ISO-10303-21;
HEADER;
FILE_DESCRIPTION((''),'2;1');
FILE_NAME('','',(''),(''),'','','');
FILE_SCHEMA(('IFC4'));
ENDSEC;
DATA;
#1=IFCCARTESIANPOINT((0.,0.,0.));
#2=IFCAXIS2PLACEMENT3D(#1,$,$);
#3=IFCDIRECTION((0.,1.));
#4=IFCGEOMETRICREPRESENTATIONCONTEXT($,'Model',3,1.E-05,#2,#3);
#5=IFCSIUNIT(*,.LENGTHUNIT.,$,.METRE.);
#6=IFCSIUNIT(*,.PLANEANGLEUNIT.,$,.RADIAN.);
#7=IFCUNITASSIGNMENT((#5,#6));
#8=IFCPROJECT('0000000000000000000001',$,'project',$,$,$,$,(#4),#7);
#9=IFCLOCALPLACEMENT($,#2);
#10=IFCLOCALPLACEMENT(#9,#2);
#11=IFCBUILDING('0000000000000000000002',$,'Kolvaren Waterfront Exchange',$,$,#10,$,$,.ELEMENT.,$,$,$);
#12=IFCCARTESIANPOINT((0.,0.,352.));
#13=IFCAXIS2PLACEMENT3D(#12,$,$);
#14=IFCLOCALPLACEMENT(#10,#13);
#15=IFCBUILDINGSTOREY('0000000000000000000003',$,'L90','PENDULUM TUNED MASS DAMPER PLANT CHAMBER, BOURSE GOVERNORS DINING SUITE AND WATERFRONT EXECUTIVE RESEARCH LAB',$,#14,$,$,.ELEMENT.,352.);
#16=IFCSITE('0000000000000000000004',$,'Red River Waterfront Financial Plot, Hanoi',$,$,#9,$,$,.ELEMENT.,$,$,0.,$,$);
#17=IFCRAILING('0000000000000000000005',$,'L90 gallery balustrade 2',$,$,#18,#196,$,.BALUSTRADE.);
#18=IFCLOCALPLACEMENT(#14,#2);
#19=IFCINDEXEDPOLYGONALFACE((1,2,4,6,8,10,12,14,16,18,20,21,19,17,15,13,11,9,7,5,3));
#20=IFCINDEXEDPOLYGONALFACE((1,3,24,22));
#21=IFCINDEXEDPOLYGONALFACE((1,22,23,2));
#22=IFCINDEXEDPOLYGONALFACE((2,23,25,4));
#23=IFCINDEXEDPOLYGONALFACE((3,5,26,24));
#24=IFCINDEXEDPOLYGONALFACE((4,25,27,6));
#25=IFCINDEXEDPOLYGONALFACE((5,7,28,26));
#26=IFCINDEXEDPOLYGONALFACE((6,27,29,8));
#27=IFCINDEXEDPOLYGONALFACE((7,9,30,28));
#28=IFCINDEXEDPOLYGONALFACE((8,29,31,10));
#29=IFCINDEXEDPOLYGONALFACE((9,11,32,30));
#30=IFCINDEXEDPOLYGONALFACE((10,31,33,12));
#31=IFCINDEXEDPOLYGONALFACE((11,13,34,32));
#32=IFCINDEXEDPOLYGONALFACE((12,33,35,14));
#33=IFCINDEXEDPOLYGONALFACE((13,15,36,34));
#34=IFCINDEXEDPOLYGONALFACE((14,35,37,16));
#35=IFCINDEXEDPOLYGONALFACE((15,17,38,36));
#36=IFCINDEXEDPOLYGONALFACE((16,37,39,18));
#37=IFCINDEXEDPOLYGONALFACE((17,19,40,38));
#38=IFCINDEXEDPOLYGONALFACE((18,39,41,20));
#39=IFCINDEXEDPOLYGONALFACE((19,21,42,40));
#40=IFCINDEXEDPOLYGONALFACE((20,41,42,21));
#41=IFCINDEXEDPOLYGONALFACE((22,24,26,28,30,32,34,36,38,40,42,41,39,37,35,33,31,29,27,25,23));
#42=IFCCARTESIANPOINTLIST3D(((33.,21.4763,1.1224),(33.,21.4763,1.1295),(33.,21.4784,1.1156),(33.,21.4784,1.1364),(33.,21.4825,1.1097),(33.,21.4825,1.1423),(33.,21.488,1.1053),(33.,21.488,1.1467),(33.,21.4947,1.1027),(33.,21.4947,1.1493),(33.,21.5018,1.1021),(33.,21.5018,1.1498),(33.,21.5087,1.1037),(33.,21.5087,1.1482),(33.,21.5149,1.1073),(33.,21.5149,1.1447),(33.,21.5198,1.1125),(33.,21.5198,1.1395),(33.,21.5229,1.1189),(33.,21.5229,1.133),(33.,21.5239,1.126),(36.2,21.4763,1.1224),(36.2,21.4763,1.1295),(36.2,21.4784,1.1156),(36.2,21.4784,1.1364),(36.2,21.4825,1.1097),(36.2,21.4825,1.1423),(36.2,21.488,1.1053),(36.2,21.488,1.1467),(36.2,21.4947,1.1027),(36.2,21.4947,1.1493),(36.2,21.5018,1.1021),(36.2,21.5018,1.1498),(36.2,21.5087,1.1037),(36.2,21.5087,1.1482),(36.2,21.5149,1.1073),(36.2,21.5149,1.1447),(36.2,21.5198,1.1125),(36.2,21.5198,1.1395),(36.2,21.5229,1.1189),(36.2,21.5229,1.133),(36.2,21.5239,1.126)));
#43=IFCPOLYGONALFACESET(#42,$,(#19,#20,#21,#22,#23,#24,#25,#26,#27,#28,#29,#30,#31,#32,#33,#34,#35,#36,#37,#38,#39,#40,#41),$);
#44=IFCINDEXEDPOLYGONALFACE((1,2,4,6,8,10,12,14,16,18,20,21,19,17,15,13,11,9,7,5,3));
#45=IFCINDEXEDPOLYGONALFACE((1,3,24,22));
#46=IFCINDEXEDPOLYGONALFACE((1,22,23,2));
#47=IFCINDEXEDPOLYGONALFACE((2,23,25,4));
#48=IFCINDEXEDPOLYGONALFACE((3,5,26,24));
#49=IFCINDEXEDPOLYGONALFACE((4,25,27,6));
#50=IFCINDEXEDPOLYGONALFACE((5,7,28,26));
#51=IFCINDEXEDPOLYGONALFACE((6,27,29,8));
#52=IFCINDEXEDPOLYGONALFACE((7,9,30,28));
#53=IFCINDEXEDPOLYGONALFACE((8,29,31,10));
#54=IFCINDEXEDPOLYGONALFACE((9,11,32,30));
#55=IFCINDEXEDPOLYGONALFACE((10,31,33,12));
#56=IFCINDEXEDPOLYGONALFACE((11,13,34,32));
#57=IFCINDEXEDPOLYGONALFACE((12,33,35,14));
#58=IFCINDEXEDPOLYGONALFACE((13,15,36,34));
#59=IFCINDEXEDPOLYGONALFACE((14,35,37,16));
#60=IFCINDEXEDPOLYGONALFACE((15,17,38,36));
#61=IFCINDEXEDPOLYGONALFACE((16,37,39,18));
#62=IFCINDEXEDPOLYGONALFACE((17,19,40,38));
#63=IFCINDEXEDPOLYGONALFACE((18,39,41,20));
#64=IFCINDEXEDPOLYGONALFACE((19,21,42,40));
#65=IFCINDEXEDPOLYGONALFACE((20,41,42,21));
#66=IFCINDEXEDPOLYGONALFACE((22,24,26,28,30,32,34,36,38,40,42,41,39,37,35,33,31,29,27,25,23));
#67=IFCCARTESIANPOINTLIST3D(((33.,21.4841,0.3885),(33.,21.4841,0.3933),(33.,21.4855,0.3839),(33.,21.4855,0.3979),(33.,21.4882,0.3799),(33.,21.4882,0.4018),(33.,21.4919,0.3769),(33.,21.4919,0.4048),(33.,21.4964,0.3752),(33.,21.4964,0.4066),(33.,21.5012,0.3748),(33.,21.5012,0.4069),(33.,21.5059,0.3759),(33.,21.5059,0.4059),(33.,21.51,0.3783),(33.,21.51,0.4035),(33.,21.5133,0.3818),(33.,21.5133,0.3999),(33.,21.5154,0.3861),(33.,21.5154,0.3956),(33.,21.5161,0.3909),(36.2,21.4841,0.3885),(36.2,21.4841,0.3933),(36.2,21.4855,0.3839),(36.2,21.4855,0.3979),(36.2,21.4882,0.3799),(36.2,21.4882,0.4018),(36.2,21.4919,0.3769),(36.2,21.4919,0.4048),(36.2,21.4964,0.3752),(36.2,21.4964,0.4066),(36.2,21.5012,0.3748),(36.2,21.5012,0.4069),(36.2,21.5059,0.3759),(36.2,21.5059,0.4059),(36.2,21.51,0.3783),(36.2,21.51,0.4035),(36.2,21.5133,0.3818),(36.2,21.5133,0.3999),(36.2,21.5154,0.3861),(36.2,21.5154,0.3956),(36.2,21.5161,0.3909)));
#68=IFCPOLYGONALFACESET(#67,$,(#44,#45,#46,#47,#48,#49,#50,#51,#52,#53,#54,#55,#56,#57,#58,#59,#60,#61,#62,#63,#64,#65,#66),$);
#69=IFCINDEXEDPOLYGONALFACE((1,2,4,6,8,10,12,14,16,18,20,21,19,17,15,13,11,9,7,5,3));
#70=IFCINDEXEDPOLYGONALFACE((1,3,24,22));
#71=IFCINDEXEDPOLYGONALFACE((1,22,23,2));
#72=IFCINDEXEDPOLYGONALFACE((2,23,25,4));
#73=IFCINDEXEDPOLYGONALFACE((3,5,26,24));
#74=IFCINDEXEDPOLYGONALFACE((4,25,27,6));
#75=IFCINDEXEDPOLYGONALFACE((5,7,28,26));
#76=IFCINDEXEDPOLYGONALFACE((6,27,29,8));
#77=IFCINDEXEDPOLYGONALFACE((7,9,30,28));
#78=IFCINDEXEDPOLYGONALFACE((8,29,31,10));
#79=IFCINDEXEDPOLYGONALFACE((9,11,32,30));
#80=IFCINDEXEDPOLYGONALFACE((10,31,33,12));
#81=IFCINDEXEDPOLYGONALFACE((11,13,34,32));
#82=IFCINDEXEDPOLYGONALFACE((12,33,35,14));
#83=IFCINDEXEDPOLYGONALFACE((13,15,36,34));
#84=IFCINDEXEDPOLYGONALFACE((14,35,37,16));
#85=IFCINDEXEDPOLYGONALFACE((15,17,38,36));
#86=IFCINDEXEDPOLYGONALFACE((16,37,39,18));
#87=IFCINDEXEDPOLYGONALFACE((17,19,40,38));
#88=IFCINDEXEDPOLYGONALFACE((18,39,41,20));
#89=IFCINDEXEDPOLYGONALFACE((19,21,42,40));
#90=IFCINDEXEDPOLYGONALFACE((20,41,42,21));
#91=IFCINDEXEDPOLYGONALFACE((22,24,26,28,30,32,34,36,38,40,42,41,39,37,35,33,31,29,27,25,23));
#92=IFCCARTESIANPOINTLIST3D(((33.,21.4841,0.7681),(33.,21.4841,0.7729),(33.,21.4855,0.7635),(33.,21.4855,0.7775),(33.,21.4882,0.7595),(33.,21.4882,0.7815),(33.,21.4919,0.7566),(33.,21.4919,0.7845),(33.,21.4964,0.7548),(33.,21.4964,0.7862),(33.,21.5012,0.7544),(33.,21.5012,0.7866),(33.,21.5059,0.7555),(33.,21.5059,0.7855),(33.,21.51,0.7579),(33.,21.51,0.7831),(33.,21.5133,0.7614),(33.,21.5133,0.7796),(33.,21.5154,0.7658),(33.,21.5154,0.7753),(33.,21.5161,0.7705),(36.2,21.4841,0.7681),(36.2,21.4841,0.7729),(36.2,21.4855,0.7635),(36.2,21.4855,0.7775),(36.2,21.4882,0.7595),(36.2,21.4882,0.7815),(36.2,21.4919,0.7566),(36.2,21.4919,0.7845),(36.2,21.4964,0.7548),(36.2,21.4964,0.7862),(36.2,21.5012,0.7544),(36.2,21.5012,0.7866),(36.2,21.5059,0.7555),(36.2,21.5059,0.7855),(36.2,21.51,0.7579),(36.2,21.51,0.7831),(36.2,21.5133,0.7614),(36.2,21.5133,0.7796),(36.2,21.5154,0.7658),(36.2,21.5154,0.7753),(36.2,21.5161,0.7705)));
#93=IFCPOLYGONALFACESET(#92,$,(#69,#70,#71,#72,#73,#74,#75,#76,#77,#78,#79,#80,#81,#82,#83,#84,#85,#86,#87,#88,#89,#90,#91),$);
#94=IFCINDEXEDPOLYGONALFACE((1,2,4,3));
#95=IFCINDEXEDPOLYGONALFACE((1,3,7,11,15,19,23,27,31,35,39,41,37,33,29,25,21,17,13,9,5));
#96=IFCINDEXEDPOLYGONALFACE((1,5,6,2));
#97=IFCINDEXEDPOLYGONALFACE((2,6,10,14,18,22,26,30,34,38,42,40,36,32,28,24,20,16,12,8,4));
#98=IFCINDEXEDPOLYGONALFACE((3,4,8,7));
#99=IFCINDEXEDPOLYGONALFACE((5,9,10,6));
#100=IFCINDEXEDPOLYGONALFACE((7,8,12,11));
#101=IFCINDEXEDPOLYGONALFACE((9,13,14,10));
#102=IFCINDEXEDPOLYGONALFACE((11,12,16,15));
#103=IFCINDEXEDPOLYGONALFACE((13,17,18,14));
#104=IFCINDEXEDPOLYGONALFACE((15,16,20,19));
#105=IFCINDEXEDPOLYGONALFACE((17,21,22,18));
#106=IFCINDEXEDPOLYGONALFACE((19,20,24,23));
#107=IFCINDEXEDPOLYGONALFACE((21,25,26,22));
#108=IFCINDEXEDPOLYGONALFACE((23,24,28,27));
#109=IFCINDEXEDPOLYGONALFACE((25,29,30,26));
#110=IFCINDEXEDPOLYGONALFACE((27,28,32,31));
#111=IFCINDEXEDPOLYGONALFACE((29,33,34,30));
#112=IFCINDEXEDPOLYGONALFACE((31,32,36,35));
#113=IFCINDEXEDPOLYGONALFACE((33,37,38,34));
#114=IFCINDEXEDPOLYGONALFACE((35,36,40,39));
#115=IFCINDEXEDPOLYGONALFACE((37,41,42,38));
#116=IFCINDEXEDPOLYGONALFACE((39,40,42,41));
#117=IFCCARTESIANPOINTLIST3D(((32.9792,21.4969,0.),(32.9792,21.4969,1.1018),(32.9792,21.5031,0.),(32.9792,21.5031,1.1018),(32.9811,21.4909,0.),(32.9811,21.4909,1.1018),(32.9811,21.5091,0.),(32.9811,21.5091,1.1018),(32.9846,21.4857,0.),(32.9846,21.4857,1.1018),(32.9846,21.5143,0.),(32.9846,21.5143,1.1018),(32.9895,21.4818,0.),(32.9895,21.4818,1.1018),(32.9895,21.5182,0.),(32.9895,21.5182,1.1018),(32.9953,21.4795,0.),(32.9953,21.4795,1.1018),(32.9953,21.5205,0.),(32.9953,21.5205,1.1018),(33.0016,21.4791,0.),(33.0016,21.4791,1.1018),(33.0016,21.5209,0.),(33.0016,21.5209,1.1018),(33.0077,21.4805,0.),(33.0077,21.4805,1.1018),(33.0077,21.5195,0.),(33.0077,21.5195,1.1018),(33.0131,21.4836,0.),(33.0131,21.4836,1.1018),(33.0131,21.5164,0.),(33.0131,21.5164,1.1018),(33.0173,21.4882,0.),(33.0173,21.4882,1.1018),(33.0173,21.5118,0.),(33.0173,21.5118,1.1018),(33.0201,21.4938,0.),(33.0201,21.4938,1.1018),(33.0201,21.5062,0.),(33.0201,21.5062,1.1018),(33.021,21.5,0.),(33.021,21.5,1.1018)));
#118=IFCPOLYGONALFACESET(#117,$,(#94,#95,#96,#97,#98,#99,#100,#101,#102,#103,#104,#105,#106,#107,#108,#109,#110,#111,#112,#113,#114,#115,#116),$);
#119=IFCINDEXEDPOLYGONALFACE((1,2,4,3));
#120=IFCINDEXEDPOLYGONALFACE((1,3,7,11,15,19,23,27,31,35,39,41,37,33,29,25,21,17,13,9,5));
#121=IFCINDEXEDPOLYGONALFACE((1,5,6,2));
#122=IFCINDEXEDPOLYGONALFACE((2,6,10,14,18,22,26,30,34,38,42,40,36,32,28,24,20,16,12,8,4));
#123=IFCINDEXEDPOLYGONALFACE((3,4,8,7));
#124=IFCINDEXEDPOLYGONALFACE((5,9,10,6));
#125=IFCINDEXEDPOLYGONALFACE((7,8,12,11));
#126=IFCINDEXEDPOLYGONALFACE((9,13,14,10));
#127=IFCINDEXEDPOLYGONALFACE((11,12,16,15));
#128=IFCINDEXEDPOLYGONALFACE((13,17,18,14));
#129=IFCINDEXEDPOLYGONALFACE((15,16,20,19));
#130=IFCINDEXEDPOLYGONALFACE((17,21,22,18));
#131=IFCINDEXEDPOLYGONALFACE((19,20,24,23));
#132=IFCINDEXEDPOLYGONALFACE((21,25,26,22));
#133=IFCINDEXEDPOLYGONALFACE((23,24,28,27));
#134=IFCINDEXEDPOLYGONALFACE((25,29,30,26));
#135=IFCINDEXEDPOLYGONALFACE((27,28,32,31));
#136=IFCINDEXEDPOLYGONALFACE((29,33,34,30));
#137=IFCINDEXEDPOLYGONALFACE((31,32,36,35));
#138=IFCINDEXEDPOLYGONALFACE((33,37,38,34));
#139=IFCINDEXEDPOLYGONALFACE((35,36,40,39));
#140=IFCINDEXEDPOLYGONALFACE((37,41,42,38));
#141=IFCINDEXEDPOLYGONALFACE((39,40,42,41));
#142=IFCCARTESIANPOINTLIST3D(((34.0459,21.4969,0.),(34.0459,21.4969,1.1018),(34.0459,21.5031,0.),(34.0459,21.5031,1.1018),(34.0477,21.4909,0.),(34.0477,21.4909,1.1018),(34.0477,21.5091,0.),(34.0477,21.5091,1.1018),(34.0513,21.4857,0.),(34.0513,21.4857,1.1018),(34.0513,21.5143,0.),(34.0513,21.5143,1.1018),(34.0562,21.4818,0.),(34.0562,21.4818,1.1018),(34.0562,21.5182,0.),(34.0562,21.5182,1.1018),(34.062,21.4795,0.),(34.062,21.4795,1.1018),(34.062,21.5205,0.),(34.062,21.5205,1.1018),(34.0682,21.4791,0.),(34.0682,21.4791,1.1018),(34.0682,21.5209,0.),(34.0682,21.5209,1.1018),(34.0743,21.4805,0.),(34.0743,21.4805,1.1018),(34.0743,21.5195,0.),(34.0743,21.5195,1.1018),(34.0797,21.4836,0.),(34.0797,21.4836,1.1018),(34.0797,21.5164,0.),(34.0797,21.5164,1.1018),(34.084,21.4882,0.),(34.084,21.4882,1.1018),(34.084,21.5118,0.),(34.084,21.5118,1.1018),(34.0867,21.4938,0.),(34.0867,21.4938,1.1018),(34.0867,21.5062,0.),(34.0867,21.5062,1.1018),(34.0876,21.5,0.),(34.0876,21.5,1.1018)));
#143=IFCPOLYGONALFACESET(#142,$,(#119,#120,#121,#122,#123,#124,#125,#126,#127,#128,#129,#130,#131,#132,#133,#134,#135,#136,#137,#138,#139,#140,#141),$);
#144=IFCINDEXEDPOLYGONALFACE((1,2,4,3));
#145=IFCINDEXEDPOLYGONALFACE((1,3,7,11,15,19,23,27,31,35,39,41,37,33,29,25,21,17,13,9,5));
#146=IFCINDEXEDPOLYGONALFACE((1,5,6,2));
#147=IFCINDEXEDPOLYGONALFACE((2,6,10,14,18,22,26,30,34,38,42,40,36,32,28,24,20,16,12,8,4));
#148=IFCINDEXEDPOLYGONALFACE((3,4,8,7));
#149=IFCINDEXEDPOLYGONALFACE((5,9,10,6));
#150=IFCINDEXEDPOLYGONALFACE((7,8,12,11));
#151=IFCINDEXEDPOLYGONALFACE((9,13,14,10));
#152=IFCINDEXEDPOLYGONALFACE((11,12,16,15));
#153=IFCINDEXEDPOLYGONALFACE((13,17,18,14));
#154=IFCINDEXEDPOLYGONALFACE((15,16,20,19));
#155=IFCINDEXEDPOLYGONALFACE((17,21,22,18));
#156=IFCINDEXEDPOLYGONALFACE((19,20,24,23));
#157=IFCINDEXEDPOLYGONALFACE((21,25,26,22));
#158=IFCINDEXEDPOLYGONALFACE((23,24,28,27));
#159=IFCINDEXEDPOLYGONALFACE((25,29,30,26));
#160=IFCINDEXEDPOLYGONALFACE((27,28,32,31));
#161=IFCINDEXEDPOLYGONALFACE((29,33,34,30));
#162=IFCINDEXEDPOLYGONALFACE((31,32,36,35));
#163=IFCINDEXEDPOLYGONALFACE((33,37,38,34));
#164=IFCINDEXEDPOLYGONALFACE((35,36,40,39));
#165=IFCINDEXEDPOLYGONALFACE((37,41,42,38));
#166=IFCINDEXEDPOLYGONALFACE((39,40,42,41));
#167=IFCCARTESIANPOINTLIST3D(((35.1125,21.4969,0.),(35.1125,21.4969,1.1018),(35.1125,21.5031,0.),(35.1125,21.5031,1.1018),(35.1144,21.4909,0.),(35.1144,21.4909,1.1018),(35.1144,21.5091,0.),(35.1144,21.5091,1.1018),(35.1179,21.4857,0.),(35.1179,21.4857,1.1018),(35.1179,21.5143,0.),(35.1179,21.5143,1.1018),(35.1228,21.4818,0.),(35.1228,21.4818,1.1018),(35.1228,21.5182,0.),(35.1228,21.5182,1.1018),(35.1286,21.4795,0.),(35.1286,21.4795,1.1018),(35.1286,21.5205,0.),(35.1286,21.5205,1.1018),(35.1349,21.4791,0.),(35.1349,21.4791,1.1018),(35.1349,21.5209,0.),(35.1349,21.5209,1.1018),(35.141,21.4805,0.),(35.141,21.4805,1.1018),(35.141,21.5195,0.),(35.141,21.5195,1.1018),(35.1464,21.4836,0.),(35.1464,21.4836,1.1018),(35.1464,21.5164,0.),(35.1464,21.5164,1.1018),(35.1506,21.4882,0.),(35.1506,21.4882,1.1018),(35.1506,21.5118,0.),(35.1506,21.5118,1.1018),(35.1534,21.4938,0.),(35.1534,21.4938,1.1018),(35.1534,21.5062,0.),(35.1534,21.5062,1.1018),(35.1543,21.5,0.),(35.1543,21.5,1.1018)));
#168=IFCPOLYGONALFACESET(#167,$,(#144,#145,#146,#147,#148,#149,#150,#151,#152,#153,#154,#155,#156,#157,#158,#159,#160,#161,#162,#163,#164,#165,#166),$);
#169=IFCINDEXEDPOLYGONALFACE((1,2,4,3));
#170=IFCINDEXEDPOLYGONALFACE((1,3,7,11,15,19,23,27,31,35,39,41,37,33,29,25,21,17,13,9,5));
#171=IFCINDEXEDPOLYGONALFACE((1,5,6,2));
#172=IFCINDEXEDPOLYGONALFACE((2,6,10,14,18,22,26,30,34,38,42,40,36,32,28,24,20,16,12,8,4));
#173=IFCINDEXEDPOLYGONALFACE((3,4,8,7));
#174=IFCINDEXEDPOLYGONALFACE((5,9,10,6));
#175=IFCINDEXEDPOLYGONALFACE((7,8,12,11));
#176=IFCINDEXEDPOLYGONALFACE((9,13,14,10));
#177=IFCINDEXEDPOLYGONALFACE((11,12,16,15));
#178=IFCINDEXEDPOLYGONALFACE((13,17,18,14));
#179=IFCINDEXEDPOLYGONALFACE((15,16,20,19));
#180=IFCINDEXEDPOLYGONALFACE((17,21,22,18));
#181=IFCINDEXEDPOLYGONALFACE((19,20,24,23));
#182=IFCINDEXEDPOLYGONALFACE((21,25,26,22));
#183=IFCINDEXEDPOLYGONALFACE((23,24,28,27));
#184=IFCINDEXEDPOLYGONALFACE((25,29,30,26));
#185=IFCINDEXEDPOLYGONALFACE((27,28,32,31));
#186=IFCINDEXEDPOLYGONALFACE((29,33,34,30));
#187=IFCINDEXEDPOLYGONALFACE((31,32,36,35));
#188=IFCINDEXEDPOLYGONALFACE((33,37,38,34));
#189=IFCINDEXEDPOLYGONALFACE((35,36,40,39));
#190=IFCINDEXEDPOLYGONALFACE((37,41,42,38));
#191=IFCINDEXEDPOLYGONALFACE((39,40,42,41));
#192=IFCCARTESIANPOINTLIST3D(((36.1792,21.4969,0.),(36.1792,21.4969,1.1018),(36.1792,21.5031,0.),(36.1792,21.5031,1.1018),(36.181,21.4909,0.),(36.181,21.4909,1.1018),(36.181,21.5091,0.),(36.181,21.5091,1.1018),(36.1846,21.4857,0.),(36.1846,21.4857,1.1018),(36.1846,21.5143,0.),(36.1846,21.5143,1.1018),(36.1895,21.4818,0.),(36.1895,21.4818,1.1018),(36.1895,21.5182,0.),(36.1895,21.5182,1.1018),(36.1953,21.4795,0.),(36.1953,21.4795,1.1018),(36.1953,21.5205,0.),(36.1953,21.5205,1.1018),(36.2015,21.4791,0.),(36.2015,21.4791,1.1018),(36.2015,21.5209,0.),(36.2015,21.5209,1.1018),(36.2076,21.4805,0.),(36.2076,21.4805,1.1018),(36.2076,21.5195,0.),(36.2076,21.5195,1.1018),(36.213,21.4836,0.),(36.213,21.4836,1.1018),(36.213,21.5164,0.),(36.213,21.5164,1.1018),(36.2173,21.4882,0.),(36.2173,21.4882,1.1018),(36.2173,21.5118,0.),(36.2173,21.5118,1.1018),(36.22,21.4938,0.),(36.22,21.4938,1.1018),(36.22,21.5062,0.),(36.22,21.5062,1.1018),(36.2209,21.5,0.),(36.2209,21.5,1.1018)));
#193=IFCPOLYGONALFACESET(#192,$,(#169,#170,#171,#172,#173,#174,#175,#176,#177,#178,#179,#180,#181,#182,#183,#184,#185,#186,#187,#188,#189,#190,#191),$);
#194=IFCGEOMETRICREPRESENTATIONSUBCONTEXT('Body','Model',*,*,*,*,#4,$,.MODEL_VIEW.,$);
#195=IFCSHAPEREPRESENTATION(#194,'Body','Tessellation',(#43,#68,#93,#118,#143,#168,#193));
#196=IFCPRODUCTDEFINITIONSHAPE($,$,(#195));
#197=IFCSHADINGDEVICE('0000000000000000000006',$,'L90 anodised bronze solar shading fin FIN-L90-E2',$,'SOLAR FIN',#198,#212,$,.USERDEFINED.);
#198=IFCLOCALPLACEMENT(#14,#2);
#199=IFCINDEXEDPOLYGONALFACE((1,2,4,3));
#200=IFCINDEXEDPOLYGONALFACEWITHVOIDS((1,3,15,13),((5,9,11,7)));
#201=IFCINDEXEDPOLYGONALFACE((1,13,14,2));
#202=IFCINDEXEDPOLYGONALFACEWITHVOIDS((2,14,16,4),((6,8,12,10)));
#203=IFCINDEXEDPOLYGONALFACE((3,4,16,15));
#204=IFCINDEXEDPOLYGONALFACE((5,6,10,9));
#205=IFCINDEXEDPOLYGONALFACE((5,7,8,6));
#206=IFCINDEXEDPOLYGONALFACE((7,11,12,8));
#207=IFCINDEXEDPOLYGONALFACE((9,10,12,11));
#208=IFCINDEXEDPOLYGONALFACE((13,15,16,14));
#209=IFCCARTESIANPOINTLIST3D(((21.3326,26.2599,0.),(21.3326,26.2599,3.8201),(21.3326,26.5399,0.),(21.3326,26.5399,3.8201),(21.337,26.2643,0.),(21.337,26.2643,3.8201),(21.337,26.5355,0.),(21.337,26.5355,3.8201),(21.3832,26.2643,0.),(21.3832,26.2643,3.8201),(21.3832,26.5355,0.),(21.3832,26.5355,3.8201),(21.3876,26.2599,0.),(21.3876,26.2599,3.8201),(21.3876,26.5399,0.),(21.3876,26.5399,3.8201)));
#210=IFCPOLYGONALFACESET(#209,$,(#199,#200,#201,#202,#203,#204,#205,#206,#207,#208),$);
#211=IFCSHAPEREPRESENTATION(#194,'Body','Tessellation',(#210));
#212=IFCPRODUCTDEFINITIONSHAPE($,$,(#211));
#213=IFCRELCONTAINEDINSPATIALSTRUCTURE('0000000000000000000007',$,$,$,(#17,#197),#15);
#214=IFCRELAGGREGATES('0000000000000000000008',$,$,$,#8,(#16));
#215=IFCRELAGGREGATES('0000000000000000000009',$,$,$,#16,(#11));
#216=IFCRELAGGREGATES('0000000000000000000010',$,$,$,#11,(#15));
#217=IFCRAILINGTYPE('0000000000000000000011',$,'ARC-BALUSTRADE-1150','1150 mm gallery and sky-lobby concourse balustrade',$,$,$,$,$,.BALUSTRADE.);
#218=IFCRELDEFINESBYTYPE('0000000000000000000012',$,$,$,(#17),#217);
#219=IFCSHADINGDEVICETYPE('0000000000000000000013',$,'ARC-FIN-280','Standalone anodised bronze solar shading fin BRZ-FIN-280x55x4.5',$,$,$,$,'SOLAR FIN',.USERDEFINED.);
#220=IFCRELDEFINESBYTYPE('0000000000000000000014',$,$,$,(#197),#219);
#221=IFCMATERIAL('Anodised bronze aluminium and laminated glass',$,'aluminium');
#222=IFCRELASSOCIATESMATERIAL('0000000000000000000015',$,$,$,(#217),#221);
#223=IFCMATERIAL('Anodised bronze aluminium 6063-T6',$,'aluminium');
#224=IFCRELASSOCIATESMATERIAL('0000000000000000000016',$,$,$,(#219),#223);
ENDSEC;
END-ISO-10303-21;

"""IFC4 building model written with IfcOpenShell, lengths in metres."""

from ifc_helpers import new_model, si_unit, direction, frame, origin, origin_2d, place, context, subcontext, project, spatial, hollow_rectangle, circle, extrude, material, material_profile, profile_set, type_object, element, save


model = new_model("IFC4")

# Units and contexts
model_context = context("Model", 3, precision=1e-05, world=origin(), true_north=direction((0.0, 1.0)))
body_context = subcontext(model_context, "Body", "Model", "MODEL_VIEW")
ifc_project = project(units=[si_unit("LENGTHUNIT", "METRE"), si_unit("PLANEANGLEUNIT", "RADIAN")], contexts=[model_context])

# Site, building, storey
site_placement = place(None, origin())
site = spatial("IfcSite", under=ifc_project, at=site_placement, Name="Red River Waterfront Financial Plot, Hanoi", CompositionType="ELEMENT", RefElevation=0.0)
building_placement = place(site_placement, origin())
building = spatial("IfcBuilding", under=site, at=building_placement, Name="Kolvaren Waterfront Exchange", CompositionType="ELEMENT")
storey_placement = place(building_placement, frame((0.0, 0.0, 352.0)))
storey = spatial("IfcBuildingStorey", under=building, at=storey_placement, Name="L90", Description="PENDULUM TUNED MASS DAMPER PLANT CHAMBER, BOURSE GOVERNORS DINING SUITE AND WATERFRONT EXECUTIVE RESEARCH LAB", CompositionType="ELEMENT", Elevation=352.0)

# Shared definitions
ifc_material_1 = material(Name="Anodised bronze aluminium 6063-T6", Category="aluminium")

# Railing
ifc_material_2 = material(Name="Anodised bronze aluminium and laminated glass", Category="aluminium")
railing_type = type_object("IfcRailingType", Name="ARC-BALUSTRADE-1150", Description="1150 mm gallery and sky-lobby concourse balustrade", PredefinedType="BALUSTRADE", material=ifc_material_2)
for number, where, name in (
    (1, (33.0, 21.5, 0.0), "L90 gallery balustrade 2"),
):
    element("IfcRailing", number, at=place(storey_placement, frame(where)), inside=storey, type_object=railing_type, Name=name, PredefinedType="BALUSTRADE", context=body_context, shape_type="SweptSolid", body=[
        extrude(circle(Radius=0.0239, at=origin_2d()), frame((0.0, 0.0, 1.126), z_axis=(1.0, 0.0, 0.0), x_axis=(0.0, 1.0, 0.0)), (0.0, 0.0, 1.0), 3.2),
        extrude(circle(Radius=0.0161, at=origin_2d()), frame((0.0, 0.0, 0.3909), z_axis=(1.0, 0.0, 0.0), x_axis=(0.0, 1.0, 0.0)), (0.0, 0.0, 1.0), 3.2),
        extrude(circle(Radius=0.0161, at=origin_2d()), frame((0.0, 0.0, 0.7705), z_axis=(1.0, 0.0, 0.0), x_axis=(0.0, 1.0, 0.0)), (0.0, 0.0, 1.0), 3.2),
        extrude(circle(Radius=0.021, at=origin_2d()), origin(), (0.0, 0.0, 1.0), 1.1018),
        extrude(circle(Radius=0.021, at=origin_2d()), frame((1.0667, 0.0, 0.0)), (0.0, 0.0, 1.0), 1.1018),
        extrude(circle(Radius=0.021, at=origin_2d()), frame((2.1333, 0.0, 0.0)), (0.0, 0.0, 1.0), 1.1018),
        extrude(circle(Radius=0.021, at=origin_2d()), frame((3.2, 0.0, 0.0)), (0.0, 0.0, 1.0), 1.1018),
    ])

# Shading device
ifc_material_profile_1 = material_profile(ifc_material_1, hollow_rectangle(XDim=0.0549, YDim=0.28, WallThickness=0.0044, at=origin_2d()), Name="BRZ-FIN-280x55x4.5")
ifc_profile_set_1 = profile_set([ifc_material_profile_1], Name="Anodised bronze aluminium 6063-T6")
shading_device_type = type_object("IfcShadingDeviceType", Name="ARC-FIN-280", Description="Standalone anodised bronze solar shading fin BRZ-FIN-280x55x4.5", ElementType="SOLAR FIN", PredefinedType="USERDEFINED", material=ifc_profile_set_1)
for number, where, z_axis, x_axis, name in (
    (2, (21.3601, 26.3999, 0.0), (0.0, 0.0, 1.0), (1.0, 0.0, 0.0), "L90 anodised bronze solar shading fin FIN-L90-E2"),
):
    element("IfcShadingDevice", number, at=place(storey_placement, frame(where, z_axis=z_axis, x_axis=x_axis)), inside=storey, type_object=shading_device_type, Name=name, ObjectType="SOLAR FIN", PredefinedType="USERDEFINED", context=body_context, shape_type="SweptSolid", body=[
        extrude(hollow_rectangle(XDim=0.0549, YDim=0.28, WallThickness=0.0044, at=origin_2d()), origin(), (0.0, 0.0, 1.0), 3.8201),
    ])

save(model, "model.ifc")
